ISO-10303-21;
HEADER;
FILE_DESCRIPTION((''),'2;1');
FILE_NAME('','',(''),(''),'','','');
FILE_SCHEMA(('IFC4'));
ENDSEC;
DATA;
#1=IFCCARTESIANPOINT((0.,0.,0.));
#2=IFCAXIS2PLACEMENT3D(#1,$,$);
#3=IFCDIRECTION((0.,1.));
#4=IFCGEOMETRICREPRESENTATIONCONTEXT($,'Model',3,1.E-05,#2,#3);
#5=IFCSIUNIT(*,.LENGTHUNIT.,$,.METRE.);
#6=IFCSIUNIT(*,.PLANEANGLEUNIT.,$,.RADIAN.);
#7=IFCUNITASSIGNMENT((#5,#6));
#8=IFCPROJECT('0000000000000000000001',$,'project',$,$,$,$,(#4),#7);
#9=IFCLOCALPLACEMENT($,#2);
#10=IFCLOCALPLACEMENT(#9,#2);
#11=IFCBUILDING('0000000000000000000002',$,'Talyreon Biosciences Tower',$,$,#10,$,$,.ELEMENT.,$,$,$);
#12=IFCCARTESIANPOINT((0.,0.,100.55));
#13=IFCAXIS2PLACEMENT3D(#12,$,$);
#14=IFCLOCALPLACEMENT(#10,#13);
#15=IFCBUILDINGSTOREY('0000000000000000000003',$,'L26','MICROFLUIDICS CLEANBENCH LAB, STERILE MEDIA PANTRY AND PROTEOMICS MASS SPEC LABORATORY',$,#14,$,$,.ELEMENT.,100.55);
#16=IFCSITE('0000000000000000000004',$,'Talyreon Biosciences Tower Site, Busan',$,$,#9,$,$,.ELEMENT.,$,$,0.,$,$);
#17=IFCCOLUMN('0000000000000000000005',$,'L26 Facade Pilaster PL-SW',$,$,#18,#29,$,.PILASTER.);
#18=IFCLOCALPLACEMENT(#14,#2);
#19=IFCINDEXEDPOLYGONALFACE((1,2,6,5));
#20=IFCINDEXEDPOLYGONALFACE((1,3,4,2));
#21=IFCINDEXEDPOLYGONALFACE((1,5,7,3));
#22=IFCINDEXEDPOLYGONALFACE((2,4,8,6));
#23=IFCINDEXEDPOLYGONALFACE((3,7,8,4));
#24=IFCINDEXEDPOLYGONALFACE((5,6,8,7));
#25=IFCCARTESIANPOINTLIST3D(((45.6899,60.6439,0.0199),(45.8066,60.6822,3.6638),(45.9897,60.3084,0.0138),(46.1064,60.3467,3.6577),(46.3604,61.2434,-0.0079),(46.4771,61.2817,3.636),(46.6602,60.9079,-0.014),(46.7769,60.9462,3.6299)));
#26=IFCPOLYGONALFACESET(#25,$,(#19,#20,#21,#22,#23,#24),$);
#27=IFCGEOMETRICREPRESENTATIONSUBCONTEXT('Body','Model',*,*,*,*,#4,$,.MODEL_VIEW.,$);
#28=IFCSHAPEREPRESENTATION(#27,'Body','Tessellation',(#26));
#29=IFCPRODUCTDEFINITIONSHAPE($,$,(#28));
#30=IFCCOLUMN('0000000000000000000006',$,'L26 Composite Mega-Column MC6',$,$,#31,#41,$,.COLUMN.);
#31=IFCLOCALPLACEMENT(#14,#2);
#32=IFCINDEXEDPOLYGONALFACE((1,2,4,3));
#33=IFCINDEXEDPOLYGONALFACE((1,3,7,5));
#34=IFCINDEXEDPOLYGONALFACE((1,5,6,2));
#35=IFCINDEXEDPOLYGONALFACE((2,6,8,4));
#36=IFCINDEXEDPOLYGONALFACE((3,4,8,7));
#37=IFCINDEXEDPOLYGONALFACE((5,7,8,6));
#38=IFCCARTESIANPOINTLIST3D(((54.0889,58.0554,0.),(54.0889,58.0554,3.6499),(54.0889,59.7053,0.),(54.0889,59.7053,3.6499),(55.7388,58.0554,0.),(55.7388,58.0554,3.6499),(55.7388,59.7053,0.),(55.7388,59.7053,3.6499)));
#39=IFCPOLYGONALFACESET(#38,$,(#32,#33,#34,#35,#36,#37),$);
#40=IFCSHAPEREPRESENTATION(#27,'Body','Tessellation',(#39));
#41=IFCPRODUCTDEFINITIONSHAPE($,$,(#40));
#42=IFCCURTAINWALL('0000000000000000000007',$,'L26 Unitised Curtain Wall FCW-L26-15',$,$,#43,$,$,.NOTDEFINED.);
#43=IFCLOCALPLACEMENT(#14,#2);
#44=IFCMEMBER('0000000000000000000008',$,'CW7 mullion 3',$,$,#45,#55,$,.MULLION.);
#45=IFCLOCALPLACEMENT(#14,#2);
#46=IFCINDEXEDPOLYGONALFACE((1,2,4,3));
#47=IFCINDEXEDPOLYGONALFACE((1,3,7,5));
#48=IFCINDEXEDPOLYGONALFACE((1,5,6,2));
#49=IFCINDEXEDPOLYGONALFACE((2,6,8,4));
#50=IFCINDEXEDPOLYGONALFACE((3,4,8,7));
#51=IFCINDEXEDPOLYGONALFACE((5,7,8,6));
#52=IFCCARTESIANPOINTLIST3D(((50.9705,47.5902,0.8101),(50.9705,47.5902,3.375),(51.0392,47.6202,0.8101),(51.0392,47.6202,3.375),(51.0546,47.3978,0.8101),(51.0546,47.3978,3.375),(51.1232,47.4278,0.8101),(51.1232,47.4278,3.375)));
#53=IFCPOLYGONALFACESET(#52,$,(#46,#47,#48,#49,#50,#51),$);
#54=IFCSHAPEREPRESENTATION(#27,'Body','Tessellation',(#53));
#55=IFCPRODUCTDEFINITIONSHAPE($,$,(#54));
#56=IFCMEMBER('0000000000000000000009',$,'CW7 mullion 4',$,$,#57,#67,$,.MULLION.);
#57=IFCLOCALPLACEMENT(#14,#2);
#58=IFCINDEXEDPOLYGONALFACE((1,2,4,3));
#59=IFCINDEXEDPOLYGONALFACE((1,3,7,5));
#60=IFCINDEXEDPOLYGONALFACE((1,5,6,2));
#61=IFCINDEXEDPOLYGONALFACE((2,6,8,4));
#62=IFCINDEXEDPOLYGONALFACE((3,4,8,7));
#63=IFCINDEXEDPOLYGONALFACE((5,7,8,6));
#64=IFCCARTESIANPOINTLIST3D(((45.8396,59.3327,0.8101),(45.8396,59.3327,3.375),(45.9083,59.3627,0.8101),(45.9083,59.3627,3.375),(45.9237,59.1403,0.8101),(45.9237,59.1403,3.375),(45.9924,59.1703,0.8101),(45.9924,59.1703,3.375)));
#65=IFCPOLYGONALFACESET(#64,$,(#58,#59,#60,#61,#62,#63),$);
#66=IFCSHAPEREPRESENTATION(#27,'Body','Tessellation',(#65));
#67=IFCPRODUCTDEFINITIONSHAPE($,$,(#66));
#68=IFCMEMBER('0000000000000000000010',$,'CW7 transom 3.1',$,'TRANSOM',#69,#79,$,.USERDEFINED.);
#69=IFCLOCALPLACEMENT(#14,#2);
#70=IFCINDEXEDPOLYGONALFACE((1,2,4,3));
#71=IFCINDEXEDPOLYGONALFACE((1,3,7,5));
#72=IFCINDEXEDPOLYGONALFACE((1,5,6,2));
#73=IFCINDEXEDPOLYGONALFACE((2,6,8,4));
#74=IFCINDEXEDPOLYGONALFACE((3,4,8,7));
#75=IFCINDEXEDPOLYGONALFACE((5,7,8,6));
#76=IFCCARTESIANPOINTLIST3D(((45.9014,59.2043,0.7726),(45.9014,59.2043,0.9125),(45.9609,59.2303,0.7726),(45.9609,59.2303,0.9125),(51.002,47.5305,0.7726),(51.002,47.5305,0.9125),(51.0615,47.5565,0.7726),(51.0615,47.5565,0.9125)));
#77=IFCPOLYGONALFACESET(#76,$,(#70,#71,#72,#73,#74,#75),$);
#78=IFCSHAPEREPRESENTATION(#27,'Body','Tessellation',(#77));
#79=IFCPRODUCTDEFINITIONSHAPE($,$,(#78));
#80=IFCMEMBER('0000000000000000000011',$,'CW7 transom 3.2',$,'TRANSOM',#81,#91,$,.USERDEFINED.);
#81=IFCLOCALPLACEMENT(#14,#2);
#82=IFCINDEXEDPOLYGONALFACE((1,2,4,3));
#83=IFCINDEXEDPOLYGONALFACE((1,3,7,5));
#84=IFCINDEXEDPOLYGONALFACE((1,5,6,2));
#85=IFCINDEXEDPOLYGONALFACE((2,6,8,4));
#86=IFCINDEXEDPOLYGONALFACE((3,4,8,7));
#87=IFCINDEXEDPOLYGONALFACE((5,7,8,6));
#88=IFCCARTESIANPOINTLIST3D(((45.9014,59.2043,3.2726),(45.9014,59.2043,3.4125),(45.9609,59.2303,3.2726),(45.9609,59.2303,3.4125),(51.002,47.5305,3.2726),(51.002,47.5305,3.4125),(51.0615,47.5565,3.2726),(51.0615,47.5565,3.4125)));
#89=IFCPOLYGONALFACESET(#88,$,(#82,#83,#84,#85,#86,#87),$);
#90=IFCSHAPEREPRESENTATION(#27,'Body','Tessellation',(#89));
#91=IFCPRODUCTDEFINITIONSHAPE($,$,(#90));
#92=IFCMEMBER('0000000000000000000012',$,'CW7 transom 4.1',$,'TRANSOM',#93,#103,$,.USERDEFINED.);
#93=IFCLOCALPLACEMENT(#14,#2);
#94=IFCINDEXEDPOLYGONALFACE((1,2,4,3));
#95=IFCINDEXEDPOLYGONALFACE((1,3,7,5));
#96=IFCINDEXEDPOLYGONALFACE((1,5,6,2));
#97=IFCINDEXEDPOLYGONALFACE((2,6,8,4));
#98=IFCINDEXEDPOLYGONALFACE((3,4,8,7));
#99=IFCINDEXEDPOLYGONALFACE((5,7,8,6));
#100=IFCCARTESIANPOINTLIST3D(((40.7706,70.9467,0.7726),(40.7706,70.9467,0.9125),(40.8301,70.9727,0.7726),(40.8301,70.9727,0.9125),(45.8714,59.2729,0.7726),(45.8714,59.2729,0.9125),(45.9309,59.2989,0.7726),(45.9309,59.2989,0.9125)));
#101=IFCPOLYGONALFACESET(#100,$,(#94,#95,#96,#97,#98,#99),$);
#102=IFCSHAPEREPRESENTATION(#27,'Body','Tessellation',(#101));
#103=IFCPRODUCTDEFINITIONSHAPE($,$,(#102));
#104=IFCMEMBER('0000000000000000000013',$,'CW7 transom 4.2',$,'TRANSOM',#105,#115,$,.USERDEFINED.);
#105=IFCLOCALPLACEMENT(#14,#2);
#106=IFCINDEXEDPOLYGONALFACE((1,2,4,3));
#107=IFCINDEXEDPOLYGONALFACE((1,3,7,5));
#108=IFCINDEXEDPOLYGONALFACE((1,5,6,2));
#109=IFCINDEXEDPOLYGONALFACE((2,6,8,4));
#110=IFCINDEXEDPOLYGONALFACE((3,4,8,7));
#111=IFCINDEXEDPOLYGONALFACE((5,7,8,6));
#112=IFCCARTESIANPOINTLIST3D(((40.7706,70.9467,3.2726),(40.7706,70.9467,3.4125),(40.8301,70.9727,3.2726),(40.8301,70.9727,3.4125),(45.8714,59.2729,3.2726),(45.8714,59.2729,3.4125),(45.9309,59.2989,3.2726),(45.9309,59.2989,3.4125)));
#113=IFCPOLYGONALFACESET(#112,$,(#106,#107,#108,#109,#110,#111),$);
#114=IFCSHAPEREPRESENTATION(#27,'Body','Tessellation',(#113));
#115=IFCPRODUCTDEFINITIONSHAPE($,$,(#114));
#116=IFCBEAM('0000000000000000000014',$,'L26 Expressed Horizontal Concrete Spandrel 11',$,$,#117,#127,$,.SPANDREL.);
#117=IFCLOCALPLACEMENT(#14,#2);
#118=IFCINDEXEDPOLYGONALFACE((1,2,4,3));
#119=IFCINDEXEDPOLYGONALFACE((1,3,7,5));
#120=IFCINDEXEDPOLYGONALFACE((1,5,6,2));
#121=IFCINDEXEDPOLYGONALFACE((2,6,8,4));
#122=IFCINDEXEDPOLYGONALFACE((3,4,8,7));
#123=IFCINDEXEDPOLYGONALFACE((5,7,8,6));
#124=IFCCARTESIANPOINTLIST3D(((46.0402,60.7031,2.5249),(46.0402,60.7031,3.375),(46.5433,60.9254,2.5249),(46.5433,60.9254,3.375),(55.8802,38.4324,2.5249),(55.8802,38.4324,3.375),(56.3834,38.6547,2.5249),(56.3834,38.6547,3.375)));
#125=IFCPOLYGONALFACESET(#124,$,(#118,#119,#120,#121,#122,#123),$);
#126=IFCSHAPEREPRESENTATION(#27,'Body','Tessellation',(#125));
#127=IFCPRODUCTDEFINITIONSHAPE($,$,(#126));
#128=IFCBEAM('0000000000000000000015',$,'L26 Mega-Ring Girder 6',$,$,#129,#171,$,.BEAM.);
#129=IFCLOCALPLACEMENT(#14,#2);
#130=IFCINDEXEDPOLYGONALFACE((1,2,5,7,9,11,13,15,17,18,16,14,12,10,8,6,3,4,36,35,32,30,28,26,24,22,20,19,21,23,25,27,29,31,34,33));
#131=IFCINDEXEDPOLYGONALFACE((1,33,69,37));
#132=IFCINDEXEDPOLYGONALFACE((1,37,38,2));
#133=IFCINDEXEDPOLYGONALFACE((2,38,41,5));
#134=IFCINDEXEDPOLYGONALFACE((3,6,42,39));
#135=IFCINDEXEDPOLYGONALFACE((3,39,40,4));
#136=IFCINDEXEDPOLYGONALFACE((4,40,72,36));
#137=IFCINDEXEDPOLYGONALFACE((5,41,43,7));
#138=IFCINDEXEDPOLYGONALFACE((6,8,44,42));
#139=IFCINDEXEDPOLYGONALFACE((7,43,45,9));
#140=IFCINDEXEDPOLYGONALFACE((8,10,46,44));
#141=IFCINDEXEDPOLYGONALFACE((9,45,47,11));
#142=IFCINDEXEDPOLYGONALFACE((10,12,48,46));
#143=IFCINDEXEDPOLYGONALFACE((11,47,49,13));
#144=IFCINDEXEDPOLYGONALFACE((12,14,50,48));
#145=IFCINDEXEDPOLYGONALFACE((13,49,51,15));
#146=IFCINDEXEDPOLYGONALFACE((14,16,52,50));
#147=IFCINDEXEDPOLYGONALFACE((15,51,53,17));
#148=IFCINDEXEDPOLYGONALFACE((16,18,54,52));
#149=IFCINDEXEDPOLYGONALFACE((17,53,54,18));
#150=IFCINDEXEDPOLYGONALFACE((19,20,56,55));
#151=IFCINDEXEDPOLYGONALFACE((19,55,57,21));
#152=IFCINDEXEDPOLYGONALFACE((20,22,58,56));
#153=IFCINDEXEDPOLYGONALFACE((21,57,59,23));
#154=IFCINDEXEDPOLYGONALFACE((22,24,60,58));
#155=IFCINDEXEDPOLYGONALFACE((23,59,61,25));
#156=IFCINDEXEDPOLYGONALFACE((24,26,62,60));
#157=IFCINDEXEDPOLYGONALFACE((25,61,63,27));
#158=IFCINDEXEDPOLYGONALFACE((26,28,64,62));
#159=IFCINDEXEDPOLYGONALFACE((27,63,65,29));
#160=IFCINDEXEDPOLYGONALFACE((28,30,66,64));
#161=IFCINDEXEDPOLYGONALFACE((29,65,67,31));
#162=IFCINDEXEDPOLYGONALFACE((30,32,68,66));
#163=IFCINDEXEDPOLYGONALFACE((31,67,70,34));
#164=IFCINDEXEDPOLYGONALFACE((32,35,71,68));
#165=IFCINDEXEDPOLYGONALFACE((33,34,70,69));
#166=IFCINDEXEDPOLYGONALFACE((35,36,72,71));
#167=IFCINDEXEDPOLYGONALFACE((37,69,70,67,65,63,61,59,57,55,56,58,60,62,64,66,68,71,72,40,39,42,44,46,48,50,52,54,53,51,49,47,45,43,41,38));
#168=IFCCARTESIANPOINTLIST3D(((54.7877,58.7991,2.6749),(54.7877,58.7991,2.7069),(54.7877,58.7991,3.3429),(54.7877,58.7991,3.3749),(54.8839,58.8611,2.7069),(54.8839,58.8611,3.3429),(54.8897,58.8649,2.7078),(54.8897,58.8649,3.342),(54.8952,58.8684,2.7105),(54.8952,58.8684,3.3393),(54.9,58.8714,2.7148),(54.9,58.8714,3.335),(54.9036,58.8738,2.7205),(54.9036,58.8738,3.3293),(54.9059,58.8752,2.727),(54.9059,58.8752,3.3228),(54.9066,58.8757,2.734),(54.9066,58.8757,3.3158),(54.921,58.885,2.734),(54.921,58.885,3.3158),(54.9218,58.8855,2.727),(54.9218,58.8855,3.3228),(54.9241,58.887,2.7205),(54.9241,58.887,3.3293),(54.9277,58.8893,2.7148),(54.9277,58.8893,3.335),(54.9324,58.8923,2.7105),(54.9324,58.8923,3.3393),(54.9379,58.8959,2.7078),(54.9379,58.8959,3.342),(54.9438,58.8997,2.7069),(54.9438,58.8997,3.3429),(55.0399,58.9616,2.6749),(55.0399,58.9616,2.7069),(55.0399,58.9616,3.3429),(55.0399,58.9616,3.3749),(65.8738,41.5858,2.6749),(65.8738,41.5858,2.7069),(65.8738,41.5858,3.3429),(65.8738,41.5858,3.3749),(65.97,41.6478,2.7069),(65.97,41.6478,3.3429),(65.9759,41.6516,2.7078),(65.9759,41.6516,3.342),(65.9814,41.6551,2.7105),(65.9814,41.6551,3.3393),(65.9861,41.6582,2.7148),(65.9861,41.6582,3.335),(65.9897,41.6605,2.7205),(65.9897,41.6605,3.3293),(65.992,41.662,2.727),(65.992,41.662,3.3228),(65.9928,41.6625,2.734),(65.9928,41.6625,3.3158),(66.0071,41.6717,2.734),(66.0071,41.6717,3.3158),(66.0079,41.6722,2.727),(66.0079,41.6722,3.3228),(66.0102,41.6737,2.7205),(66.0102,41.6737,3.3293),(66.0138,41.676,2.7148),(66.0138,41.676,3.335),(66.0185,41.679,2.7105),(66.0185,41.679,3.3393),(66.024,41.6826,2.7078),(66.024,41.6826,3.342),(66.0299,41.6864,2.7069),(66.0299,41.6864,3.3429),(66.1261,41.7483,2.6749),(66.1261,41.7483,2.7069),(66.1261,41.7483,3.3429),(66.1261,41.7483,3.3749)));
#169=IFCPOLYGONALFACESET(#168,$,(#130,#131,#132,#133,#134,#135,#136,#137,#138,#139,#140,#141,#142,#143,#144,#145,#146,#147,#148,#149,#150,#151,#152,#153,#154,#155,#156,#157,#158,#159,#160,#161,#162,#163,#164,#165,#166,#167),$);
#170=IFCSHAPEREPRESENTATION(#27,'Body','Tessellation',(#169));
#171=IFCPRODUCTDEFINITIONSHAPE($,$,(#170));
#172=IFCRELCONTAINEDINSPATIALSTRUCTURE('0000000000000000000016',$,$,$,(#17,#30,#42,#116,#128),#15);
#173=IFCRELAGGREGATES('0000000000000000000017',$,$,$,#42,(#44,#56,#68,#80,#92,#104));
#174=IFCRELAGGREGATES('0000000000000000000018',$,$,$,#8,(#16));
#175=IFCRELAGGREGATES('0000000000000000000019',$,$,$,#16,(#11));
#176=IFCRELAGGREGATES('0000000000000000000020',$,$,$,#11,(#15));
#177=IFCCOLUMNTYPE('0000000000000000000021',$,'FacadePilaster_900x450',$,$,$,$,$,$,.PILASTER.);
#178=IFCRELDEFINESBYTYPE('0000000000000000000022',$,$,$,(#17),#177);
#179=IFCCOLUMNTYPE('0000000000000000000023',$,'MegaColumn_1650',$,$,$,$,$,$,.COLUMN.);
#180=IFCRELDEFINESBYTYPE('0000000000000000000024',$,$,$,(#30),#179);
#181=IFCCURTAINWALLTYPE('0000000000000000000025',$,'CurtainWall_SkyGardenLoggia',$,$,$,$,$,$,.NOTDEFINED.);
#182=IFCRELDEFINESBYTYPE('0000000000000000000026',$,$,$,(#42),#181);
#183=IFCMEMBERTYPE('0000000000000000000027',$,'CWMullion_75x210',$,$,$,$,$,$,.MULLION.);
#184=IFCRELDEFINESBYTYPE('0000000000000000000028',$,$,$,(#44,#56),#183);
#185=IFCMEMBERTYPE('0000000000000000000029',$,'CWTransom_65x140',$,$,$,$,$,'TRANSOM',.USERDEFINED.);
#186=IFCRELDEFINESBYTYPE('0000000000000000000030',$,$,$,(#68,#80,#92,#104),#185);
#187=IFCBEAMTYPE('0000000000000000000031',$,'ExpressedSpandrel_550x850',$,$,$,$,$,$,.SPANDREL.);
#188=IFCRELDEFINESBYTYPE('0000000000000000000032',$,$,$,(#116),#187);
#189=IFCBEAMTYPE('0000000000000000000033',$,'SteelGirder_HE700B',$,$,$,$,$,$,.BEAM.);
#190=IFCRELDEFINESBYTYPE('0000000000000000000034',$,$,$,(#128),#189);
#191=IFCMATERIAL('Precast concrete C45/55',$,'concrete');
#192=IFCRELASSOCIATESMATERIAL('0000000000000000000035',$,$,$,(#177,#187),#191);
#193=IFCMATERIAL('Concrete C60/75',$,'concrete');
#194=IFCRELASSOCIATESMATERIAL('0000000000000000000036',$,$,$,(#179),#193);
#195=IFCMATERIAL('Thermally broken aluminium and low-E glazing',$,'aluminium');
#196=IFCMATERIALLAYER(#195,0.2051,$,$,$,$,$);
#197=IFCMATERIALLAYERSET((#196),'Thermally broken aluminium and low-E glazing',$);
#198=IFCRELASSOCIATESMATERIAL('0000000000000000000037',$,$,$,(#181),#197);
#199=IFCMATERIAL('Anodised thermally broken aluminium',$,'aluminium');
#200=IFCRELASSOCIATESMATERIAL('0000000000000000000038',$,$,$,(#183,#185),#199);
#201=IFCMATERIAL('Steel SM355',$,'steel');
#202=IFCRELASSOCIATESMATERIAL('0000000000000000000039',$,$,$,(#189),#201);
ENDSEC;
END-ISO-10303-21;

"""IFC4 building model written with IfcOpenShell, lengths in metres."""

from ifc_helpers import new_model, si_unit, direction, frame, origin, origin_2d, place, context, subcontext, project, spatial, rectangle, i_section, extrude, material, layer, layer_set, material_profile, profile_set, type_object, element, aggregate, save


model = new_model("IFC4")

# Units and contexts
model_context = context("Model", 3, precision=1e-05, world=origin(), true_north=direction((0.0, 1.0)))
body_context = subcontext(model_context, "Body", "Model", "MODEL_VIEW")
ifc_project = project(units=[si_unit("LENGTHUNIT", "METRE"), si_unit("PLANEANGLEUNIT", "RADIAN")], contexts=[model_context])

# Site, building, storey
site_placement = place(None, origin())
site = spatial("IfcSite", under=ifc_project, at=site_placement, Name="Talyreon Biosciences Tower Site, Busan", CompositionType="ELEMENT", RefElevation=0.0)
building_placement = place(site_placement, origin())
building = spatial("IfcBuilding", under=site, at=building_placement, Name="Talyreon Biosciences Tower", CompositionType="ELEMENT")
storey_placement = place(building_placement, frame((0.0, 0.0, 100.55)))
storey = spatial("IfcBuildingStorey", under=building, at=storey_placement, Name="L26", Description="MICROFLUIDICS CLEANBENCH LAB, STERILE MEDIA PANTRY AND PROTEOMICS MASS SPEC LABORATORY", CompositionType="ELEMENT", Elevation=100.55)

# Columns
ifc_material_1 = material(Name="Precast concrete C45/55", Category="concrete")
ifc_material_profile_1 = material_profile(ifc_material_1, rectangle(XDim=0.8999, YDim=0.45, at=origin_2d()), Name="RC 900x450")
ifc_profile_set_1 = profile_set([ifc_material_profile_1], Name="Precast concrete C45/55")
column_type_1 = type_object("IfcColumnType", Name="FacadePilaster_900x450", PredefinedType="PILASTER", material=ifc_profile_set_1)
column_1_placement = place(storey_placement, frame((46.175, 60.7759, 0.0029), z_axis=(0.032006, 0.010513, 0.999432), x_axis=(0.745111, 0.666225, -0.03087)))
element("IfcColumn", 1, at=column_1_placement, inside=storey, type_object=column_type_1, Name="L26 Facade Pilaster PL-SW", PredefinedType="PILASTER", context=body_context, shape_type="SweptSolid", body=[
    extrude(rectangle(XDim=0.8999, YDim=0.45, at=origin_2d()), origin(), (0.0, 0.0, 1.0), 3.646),
])
ifc_material_2 = material(Name="Concrete C60/75", Category="concrete")
ifc_material_profile_2 = material_profile(ifc_material_2, rectangle(XDim=1.6499, YDim=1.6499, at=origin_2d()), Name="RC 1650x1650")
ifc_profile_set_2 = profile_set([ifc_material_profile_2], Name="Concrete C60/75")
column_type_2 = type_object("IfcColumnType", Name="MegaColumn_1650", PredefinedType="COLUMN", material=ifc_profile_set_2)
column_2_placement = place(storey_placement, frame((54.9138, 58.8804, 0.0), z_axis=(0.0, 0.0, 1.0), x_axis=(1.0, 0.0, 0.0)))
element("IfcColumn", 2, at=column_2_placement, inside=storey, type_object=column_type_2, Name="L26 Composite Mega-Column MC6", PredefinedType="COLUMN", context=body_context, shape_type="SweptSolid", body=[
    extrude(rectangle(XDim=1.6499, YDim=1.6499, at=origin_2d()), origin(), (0.0, 0.0, 1.0), 3.6499),
])

# Curtain wall, members
ifc_material_3 = material(Name="Thermally broken aluminium and low-E glazing", Category="aluminium")
ifc_layer_1 = layer(ifc_material_3, 0.2051)
ifc_layer_set_1 = layer_set([ifc_layer_1], Name="Thermally broken aluminium and low-E glazing")
curtain_wall_type = type_object("IfcCurtainWallType", Name="CurtainWall_SkyGardenLoggia", PredefinedType="NOTDEFINED", material=ifc_layer_set_1)
curtain_wall_placement = place(storey_placement, origin())
curtain_wall = element("IfcCurtainWall", 3, at=curtain_wall_placement, inside=storey, type_object=curtain_wall_type, Name="L26 Unitised Curtain Wall FCW-L26-15", PredefinedType="NOTDEFINED")
ifc_material_4 = material(Name="Anodised thermally broken aluminium", Category="aluminium")
ifc_material_profile_3 = material_profile(ifc_material_4, rectangle(XDim=0.075, YDim=0.21, at=origin_2d()), Name="ALUM MULLION 75x210")
ifc_profile_set_3 = profile_set([ifc_material_profile_3], Name="Anodised thermally broken aluminium")
member_type_1 = type_object("IfcMemberType", Name="CWMullion_75x210", PredefinedType="MULLION", material=ifc_profile_set_3)
member_1_placement = place(storey_placement, frame((51.0469, 47.509, 0.8101), z_axis=(0.0, 0.0, 1.0), x_axis=(-0.916346, -0.400387, 0.0)))
member_1 = element("IfcMember", 4, at=member_1_placement, type_object=member_type_1, Name="CW7 mullion 3", PredefinedType="MULLION", context=body_context, shape_type="SweptSolid", body=[
    extrude(rectangle(XDim=0.075, YDim=0.21, at=origin_2d()), origin(), (0.0, 0.0, 1.0), 2.5649),
])
member_2_placement = place(storey_placement, frame((45.916, 59.2515, 0.8101), z_axis=(0.0, 0.0, 1.0), x_axis=(-0.916346, -0.400387, 0.0)))
member_2 = element("IfcMember", 5, at=member_2_placement, type_object=member_type_1, Name="CW7 mullion 4", PredefinedType="MULLION", context=body_context, shape_type="SweptSolid", body=[
    extrude(rectangle(XDim=0.075, YDim=0.21, at=origin_2d()), origin(), (0.0, 0.0, 1.0), 2.5649),
])
ifc_material_profile_4 = material_profile(ifc_material_4, rectangle(XDim=0.0649, YDim=0.1399, at=origin_2d()), Name="ALUM TRANSOM 65x140")
ifc_profile_set_4 = profile_set([ifc_material_profile_4], Name="Anodised thermally broken aluminium")
member_type_2 = type_object("IfcMemberType", Name="CWTransom_65x140", ElementType="TRANSOM", PredefinedType="USERDEFINED", material=ifc_profile_set_4)
member_3_placement = place(storey_placement, frame((51.0317, 47.5435, 0.8425), z_axis=(-0.400376, 0.916351, 0.0), x_axis=(-0.916351, -0.400376, 0.0)))
member_3 = element("IfcMember", 6, at=member_3_placement, type_object=member_type_2, Name="CW7 transom 3.1", ObjectType="TRANSOM", PredefinedType="USERDEFINED", context=body_context, shape_type="SweptSolid", body=[
    extrude(rectangle(XDim=0.0649, YDim=0.1399, at=origin_2d()), origin(), (0.0, 0.0, 1.0), 12.7395),
])
member_4_placement = place(storey_placement, frame((51.0317, 47.5435, 3.3425), z_axis=(-0.400376, 0.916351, 0.0), x_axis=(-0.916351, -0.400376, 0.0)))
member_4 = element("IfcMember", 7, at=member_4_placement, type_object=member_type_2, Name="CW7 transom 3.2", ObjectType="TRANSOM", PredefinedType="USERDEFINED", context=body_context, shape_type="SweptSolid", body=[
    extrude(rectangle(XDim=0.0649, YDim=0.1399, at=origin_2d()), origin(), (0.0, 0.0, 1.0), 12.7395),
])
member_5_placement = place(storey_placement, frame((45.9011, 59.2859, 0.8425), z_axis=(-0.400393, 0.916344, 0.0), x_axis=(-0.916344, -0.400393, 0.0)))
member_5 = element("IfcMember", 8, at=member_5_placement, type_object=member_type_2, Name="CW7 transom 4.1", ObjectType="TRANSOM", PredefinedType="USERDEFINED", context=body_context, shape_type="SweptSolid", body=[
    extrude(rectangle(XDim=0.0649, YDim=0.1399, at=origin_2d()), origin(), (0.0, 0.0, 1.0), 12.7395),
])
member_6_placement = place(storey_placement, frame((45.9011, 59.2859, 3.3425), z_axis=(-0.400393, 0.916344, 0.0), x_axis=(-0.916344, -0.400393, 0.0)))
member_6 = element("IfcMember", 9, at=member_6_placement, type_object=member_type_2, Name="CW7 transom 4.2", ObjectType="TRANSOM", PredefinedType="USERDEFINED", context=body_context, shape_type="SweptSolid", body=[
    extrude(rectangle(XDim=0.0649, YDim=0.1399, at=origin_2d()), origin(), (0.0, 0.0, 1.0), 12.7395),
])

# Beams
ifc_material_profile_5 = material_profile(ifc_material_1, rectangle(XDim=0.55, YDim=0.8501, at=origin_2d()), Name="RCB 550x850")
ifc_profile_set_5 = profile_set([ifc_material_profile_5], Name="Precast concrete C45/55")
beam_type_1 = type_object("IfcBeamType", Name="ExpressedSpandrel_550x850", PredefinedType="SPANDREL", material=ifc_profile_set_5)
beam_1_placement = place(storey_placement, frame((46.2917, 60.8142, 2.95), z_axis=(0.404147, -0.914694, 0.0), x_axis=(0.914694, 0.404147, 0.0)))
element("IfcBeam", 10, at=beam_1_placement, inside=storey, type_object=beam_type_1, Name="L26 Expressed Horizontal Concrete Spandrel 11", PredefinedType="SPANDREL", context=body_context, shape_type="SweptSolid", body=[
    extrude(rectangle(XDim=0.55, YDim=0.8501, at=origin_2d()), origin(), (0.0, 0.0, 1.0), 24.3477),
])
ifc_material_5 = material(Name="Steel SM355", Category="steel")
ifc_material_profile_6 = material_profile(ifc_material_5, i_section(OverallWidth=0.3, OverallDepth=0.7, WebThickness=0.0171, FlangeThickness=0.032, FilletRadius=0.0271, at=origin_2d()), Name="HE700B")
ifc_profile_set_6 = profile_set([ifc_material_profile_6], Name="Steel SM355")
beam_type_2 = type_object("IfcBeamType", Name="SteelGirder_HE700B", PredefinedType="BEAM", material=ifc_profile_set_6)
beam_2_placement = place(storey_placement, frame((54.9138, 58.8804, 3.0249), z_axis=(0.541464, -0.840724, 0.0), x_axis=(0.840724, 0.541464, 0.0)))
element("IfcBeam", 11, at=beam_2_placement, inside=storey, type_object=beam_type_2, Name="L26 Mega-Ring Girder 6", PredefinedType="BEAM", context=body_context, shape_type="SweptSolid", body=[
    extrude(i_section(OverallWidth=0.3, OverallDepth=0.7, WebThickness=0.0171, FlangeThickness=0.032, FilletRadius=0.0271, at=origin_2d()), origin(), (0.0, 0.0, 1.0), 20.4744),
])

aggregate(curtain_wall, [member_1, member_2, member_3, member_4, member_5, member_6])

save(model, "model.ifc")
